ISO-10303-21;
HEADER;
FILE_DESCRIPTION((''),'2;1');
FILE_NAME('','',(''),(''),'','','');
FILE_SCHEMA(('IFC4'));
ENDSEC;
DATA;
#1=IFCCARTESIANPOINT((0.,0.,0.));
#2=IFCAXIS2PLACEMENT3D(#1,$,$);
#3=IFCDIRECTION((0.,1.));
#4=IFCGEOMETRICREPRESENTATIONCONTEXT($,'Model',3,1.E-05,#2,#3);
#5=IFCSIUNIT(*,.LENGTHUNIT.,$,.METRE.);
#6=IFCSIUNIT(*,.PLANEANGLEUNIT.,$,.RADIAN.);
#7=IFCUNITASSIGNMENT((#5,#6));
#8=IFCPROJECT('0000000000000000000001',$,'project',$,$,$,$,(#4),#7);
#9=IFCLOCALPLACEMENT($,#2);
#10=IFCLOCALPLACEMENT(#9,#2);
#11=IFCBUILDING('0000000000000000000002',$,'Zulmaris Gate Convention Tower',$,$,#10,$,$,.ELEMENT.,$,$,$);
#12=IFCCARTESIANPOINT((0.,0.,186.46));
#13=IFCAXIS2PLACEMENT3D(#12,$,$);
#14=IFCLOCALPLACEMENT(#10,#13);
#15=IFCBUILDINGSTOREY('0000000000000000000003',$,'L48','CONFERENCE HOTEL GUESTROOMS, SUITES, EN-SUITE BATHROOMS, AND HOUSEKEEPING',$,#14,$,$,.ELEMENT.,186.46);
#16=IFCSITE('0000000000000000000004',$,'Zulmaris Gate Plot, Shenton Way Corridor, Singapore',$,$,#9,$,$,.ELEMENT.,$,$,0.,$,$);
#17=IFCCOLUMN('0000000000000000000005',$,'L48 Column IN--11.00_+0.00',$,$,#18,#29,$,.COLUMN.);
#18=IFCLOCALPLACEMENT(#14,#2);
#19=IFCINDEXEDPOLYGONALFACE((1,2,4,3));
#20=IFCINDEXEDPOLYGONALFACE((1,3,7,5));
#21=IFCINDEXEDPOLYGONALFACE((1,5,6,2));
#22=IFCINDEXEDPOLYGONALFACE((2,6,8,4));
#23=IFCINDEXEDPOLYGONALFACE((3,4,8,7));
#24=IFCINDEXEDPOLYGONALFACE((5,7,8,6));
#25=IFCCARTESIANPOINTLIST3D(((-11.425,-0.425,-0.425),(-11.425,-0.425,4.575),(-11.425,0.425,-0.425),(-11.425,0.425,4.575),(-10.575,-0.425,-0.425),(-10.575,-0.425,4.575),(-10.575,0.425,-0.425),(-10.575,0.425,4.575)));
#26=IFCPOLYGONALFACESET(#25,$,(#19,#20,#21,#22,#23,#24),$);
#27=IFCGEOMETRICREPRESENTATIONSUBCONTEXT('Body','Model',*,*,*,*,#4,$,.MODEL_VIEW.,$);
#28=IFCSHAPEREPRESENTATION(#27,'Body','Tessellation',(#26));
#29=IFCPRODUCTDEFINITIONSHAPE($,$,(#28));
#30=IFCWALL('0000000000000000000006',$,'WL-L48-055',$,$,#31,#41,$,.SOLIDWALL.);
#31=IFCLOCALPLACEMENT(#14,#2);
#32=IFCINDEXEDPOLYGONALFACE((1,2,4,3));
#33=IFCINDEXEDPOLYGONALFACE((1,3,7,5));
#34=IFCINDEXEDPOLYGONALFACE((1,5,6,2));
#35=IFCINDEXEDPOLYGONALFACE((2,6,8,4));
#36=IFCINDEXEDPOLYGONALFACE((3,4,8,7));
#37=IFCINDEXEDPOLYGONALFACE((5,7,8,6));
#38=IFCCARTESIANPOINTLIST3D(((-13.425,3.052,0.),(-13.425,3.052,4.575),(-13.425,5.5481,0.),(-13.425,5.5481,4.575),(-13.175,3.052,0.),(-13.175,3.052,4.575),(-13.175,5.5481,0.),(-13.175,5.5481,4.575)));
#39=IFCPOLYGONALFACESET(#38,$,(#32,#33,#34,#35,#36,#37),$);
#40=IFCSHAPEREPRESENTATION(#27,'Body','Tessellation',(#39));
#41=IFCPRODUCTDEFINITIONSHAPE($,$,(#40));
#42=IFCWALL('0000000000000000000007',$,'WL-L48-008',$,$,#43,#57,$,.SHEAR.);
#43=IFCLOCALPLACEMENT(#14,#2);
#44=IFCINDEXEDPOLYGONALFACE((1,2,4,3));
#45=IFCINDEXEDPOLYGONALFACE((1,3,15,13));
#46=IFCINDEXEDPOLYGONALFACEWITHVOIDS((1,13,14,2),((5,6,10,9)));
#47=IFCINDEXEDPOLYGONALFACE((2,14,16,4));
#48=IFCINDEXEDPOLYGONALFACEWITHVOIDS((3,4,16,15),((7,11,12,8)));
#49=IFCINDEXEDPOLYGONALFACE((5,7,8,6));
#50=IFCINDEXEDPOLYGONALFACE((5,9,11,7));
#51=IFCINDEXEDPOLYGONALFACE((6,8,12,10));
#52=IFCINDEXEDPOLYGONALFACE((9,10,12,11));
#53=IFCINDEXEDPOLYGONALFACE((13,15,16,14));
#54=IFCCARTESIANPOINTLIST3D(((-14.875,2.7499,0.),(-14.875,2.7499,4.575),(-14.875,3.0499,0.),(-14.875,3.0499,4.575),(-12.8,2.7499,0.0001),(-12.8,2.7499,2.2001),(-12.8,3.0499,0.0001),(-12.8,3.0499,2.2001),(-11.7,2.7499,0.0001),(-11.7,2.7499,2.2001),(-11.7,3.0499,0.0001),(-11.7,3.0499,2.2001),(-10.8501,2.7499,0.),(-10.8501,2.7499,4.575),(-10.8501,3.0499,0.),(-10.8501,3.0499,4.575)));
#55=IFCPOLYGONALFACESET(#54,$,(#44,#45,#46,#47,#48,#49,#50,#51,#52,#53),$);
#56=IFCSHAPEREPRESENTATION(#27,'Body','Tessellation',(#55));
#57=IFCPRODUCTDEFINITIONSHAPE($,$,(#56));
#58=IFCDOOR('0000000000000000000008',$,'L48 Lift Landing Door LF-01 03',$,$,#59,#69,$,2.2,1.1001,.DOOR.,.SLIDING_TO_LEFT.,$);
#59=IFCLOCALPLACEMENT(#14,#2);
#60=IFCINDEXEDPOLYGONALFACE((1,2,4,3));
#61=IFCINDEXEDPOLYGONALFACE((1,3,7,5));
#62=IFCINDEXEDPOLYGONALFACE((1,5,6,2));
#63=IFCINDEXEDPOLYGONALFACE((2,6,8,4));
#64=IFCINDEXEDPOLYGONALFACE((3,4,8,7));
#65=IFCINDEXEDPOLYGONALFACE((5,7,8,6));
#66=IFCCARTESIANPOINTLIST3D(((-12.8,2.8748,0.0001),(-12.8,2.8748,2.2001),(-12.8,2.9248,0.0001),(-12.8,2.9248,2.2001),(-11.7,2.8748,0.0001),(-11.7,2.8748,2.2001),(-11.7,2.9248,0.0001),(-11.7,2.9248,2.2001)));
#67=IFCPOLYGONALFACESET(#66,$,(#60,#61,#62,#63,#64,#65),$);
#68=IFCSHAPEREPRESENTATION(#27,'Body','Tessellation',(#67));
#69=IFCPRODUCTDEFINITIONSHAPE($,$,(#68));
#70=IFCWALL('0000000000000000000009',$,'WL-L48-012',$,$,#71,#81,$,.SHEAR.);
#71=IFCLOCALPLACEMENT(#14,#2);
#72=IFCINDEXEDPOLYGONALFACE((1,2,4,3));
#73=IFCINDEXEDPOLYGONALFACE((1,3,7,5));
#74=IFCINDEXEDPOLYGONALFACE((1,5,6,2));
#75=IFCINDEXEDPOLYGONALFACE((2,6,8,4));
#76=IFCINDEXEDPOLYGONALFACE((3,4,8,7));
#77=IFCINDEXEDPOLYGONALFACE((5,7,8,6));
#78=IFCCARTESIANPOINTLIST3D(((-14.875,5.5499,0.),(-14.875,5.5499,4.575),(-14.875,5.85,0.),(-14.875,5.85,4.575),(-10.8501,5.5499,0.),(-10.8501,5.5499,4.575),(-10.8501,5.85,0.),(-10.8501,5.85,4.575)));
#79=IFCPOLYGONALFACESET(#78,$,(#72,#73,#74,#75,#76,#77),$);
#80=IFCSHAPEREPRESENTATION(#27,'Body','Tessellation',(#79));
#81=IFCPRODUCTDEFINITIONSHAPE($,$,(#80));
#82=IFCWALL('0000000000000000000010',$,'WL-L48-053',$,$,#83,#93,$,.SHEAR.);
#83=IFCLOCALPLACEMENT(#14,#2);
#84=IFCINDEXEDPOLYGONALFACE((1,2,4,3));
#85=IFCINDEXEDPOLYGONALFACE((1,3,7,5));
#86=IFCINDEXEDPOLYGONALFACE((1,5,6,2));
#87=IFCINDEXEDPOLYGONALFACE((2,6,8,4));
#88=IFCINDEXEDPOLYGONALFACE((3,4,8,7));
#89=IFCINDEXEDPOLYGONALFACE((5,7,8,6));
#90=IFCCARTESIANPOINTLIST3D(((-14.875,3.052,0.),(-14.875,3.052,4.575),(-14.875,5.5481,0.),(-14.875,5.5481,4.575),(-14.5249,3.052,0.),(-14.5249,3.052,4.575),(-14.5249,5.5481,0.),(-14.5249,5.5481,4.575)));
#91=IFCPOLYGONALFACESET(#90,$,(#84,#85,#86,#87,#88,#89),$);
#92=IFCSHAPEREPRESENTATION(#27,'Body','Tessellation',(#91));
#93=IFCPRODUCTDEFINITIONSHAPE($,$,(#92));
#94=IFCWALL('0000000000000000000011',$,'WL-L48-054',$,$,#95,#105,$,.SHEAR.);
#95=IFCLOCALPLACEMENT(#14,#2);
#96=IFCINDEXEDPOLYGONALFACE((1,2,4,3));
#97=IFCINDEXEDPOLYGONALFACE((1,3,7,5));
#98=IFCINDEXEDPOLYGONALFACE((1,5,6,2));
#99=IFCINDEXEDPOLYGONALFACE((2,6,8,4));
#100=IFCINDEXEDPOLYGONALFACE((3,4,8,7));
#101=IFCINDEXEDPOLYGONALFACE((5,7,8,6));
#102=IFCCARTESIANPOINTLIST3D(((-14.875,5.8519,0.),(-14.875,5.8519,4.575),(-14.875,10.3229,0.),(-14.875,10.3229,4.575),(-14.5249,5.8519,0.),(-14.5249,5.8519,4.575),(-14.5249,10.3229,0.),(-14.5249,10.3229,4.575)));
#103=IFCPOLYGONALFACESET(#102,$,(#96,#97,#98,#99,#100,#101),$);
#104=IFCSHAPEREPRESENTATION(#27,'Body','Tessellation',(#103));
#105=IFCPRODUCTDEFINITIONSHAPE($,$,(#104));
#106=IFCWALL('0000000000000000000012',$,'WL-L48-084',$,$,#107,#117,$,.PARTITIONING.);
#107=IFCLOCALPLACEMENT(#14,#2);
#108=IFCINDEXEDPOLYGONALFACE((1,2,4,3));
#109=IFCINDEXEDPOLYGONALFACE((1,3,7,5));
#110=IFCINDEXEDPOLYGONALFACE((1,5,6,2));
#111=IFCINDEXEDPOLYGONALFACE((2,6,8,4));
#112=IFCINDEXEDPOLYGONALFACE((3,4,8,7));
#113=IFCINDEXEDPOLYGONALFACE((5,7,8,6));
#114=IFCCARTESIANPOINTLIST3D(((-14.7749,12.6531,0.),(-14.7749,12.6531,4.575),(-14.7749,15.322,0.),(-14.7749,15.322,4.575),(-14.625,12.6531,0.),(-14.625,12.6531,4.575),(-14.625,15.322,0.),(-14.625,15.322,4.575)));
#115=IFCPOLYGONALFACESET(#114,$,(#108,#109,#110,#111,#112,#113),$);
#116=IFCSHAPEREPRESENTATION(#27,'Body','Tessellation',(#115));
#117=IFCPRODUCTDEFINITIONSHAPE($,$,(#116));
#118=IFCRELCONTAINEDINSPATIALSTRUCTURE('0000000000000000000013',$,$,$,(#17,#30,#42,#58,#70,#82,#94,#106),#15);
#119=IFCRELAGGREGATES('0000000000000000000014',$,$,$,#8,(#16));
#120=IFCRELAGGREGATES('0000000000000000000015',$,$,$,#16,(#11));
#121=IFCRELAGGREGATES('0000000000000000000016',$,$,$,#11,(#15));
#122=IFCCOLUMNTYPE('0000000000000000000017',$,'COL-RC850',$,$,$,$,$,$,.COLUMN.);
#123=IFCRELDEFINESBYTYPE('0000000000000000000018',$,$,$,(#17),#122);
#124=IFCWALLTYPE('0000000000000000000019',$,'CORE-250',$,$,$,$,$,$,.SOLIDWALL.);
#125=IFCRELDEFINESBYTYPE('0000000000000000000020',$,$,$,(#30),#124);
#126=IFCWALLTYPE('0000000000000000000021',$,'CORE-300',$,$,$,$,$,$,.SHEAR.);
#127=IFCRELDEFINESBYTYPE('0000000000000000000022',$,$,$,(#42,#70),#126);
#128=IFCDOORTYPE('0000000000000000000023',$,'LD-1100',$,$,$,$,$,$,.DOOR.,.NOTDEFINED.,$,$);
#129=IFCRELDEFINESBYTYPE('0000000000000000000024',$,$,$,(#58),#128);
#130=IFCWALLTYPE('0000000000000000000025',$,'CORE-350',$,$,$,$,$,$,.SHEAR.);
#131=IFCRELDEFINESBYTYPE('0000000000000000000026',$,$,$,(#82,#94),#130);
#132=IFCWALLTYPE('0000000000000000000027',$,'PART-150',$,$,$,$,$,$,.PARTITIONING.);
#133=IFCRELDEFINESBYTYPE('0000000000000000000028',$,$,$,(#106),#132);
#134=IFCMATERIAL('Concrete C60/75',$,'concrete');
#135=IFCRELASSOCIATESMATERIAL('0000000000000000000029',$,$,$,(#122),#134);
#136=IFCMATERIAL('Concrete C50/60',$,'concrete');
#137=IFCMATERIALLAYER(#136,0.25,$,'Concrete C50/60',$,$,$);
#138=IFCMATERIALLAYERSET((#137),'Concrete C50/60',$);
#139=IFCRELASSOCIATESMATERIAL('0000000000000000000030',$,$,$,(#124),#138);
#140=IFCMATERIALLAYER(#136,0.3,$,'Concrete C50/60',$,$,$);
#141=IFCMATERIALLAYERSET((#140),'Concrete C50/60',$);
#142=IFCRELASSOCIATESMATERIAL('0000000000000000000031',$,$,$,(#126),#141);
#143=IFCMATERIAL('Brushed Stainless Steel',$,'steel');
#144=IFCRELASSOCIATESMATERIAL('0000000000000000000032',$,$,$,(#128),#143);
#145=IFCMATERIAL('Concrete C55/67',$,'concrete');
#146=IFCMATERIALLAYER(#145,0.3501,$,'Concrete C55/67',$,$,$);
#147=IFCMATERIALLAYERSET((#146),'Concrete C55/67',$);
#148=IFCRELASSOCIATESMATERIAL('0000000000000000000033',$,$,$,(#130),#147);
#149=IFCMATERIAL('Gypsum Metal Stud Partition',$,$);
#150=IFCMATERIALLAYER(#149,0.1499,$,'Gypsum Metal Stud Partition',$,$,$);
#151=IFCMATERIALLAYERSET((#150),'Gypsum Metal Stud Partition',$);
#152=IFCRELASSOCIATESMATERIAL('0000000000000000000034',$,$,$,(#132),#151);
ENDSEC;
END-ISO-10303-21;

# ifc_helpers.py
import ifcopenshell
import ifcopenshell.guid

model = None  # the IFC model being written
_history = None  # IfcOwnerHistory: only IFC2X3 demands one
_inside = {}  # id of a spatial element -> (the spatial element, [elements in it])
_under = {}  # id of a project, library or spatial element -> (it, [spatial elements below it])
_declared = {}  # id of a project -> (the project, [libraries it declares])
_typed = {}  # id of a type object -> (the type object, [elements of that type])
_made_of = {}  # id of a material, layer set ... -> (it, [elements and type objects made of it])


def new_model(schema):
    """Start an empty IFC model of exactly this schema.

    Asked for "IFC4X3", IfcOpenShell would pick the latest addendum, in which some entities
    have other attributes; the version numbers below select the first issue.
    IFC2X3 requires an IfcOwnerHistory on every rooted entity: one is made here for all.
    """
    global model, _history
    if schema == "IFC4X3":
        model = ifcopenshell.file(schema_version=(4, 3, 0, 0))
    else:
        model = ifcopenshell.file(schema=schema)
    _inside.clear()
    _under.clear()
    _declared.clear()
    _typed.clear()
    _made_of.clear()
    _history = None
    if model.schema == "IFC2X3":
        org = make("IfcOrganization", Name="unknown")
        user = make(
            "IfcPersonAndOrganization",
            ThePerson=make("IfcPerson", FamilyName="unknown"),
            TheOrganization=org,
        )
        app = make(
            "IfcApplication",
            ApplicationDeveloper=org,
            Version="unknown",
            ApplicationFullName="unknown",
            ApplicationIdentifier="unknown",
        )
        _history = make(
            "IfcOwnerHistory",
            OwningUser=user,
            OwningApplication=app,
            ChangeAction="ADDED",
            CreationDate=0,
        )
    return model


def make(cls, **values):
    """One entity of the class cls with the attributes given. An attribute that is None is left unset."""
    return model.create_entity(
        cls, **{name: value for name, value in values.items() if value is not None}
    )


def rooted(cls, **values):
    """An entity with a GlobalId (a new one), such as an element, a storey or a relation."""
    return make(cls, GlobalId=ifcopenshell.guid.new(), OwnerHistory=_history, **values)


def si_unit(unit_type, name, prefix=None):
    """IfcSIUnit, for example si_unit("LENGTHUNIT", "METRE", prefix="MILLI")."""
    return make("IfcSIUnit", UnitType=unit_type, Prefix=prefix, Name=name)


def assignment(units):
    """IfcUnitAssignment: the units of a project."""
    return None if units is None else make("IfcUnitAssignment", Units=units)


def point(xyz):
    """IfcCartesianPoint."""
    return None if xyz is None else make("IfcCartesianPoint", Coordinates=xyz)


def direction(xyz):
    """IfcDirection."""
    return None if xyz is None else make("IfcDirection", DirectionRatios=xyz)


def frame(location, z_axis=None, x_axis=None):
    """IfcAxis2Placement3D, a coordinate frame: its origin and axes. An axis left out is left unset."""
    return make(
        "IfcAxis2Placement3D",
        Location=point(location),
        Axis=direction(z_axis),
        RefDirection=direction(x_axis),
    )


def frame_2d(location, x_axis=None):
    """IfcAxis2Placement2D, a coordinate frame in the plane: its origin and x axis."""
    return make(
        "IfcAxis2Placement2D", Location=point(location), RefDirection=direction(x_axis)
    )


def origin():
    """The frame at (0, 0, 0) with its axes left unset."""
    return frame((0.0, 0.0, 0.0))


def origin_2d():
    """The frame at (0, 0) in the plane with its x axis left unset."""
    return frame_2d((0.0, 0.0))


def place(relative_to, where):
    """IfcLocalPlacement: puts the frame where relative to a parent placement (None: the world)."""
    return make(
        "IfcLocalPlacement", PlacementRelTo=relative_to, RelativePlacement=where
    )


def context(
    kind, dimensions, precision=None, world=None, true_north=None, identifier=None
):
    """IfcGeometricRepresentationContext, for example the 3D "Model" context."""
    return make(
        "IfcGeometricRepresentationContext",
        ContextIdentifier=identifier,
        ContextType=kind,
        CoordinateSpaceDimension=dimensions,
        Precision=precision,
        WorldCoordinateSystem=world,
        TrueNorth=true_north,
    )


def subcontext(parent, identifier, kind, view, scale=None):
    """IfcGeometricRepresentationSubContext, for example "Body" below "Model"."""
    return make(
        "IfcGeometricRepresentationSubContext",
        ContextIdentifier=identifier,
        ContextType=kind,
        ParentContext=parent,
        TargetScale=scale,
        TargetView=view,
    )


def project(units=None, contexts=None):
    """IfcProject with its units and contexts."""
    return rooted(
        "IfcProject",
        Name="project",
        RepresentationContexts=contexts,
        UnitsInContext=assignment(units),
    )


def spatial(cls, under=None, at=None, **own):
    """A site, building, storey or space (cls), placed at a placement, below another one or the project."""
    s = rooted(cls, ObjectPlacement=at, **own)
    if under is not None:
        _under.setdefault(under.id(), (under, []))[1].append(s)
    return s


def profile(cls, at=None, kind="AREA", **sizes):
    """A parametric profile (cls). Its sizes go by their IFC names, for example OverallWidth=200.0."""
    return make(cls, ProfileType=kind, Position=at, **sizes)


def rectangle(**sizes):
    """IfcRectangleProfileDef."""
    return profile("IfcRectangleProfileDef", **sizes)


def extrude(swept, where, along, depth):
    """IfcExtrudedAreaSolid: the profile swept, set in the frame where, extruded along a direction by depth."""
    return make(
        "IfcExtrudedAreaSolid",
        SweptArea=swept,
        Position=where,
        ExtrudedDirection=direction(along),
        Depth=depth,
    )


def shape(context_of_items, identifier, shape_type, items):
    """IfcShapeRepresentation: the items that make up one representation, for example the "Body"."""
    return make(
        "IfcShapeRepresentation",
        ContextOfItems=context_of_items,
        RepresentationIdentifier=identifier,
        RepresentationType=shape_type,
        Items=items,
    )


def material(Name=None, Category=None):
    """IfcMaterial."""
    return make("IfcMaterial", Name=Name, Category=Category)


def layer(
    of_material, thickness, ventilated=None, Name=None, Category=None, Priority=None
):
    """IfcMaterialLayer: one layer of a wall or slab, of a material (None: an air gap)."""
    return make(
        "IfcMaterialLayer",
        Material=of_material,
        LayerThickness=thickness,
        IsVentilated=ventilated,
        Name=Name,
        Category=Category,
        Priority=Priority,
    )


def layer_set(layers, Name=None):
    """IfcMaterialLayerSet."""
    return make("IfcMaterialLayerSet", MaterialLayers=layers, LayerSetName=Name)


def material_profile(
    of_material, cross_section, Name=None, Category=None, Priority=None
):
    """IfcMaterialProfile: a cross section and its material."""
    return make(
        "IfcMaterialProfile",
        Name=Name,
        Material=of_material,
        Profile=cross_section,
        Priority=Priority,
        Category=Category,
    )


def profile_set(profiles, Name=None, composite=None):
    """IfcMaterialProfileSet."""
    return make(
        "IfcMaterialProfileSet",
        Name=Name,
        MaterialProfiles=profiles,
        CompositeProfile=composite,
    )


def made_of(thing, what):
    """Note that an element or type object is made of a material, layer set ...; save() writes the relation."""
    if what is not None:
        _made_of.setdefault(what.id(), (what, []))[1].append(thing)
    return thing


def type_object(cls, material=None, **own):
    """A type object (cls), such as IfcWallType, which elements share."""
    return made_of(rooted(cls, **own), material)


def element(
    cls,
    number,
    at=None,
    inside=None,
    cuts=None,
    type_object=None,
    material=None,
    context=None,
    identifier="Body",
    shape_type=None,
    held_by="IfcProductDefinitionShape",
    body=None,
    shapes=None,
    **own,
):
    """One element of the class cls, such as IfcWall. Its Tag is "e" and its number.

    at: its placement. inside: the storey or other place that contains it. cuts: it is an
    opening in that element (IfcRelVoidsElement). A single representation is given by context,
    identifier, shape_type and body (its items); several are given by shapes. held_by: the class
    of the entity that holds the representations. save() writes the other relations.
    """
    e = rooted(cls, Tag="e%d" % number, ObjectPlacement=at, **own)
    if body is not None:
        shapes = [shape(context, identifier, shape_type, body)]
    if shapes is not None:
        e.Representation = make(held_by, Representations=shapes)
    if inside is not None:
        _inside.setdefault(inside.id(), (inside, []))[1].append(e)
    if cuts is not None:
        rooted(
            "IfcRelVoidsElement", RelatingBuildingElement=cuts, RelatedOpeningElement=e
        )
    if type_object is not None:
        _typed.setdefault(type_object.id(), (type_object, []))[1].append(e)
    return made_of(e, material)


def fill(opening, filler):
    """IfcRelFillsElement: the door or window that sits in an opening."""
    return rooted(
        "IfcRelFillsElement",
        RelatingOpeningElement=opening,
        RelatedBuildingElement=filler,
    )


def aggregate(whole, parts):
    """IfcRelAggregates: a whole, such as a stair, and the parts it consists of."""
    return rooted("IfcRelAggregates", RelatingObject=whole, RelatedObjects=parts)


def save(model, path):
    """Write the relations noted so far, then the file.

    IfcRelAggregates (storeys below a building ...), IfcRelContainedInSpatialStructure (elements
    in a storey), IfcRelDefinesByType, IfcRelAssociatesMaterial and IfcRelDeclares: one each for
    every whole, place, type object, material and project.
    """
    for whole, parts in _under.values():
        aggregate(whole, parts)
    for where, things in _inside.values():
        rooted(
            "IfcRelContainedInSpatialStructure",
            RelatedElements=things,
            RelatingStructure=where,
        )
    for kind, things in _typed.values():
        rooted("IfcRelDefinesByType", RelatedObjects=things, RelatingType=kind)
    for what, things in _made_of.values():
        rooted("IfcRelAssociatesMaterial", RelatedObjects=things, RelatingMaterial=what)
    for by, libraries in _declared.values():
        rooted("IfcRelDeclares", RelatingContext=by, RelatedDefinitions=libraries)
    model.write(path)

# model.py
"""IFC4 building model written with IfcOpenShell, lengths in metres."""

from ifc_helpers import new_model, si_unit, direction, frame, frame_2d, origin, origin_2d, place, context, subcontext, project, spatial, rectangle, extrude, material, layer, layer_set, material_profile, profile_set, type_object, element, fill, save


model = new_model("IFC4")

# Units and contexts
model_context = context("Model", 3, precision=1e-05, world=origin(), true_north=direction((0.0, 1.0)))
body_context = subcontext(model_context, "Body", "Model", "MODEL_VIEW")
ifc_project = project(units=[si_unit("LENGTHUNIT", "METRE"), si_unit("PLANEANGLEUNIT", "RADIAN")], contexts=[model_context])

# Site, building, storey
site_placement = place(None, origin())
site = spatial("IfcSite", under=ifc_project, at=site_placement, Name="Zulmaris Gate Plot, Shenton Way Corridor, Singapore", CompositionType="ELEMENT", RefElevation=0.0)
building_placement = place(site_placement, origin())
building = spatial("IfcBuilding", under=site, at=building_placement, Name="Zulmaris Gate Convention Tower", CompositionType="ELEMENT")
storey_placement = place(building_placement, frame((0.0, 0.0, 186.46)))
storey = spatial("IfcBuildingStorey", under=building, at=storey_placement, Name="L48", Description="CONFERENCE HOTEL GUESTROOMS, SUITES, EN-SUITE BATHROOMS, AND HOUSEKEEPING", CompositionType="ELEMENT", Elevation=186.46)

# Column
ifc_material_1 = material(Name="Concrete C60/75", Category="concrete")
ifc_material_profile = material_profile(ifc_material_1, rectangle(XDim=0.8501, YDim=0.8501, at=origin_2d()), Name="RC COL 850x850")
ifc_profile_set = profile_set([ifc_material_profile], Name="Concrete C60/75")
column_type = type_object("IfcColumnType", Name="COL-RC850", PredefinedType="COLUMN", material=ifc_profile_set)
column_placement = place(storey_placement, frame((-11.0, 0.0, -0.425), z_axis=(0.0, 0.0, 1.0), x_axis=(1.0, 0.0, 0.0)))
element("IfcColumn", 1, at=column_placement, inside=storey, type_object=column_type, Name="L48 Column IN--11.00_+0.00", PredefinedType="COLUMN", context=body_context, shape_type="SweptSolid", body=[
    extrude(rectangle(XDim=0.8501, YDim=0.8501, at=origin_2d()), origin(), (0.0, 0.0, 1.0), 5.0),
])

# Wall
ifc_material_2 = material(Name="Concrete C50/60", Category="concrete")
ifc_layer_1 = layer(ifc_material_2, 0.25, Name="Concrete C50/60")
ifc_layer_set_1 = layer_set([ifc_layer_1], Name="Concrete C50/60")
wall_type_1 = type_object("IfcWallType", Name="CORE-250", PredefinedType="SOLIDWALL", material=ifc_layer_set_1)
wall_1_placement = place(storey_placement, frame((-13.3, 3.052, 0.0), z_axis=(0.0, 0.0, 1.0), x_axis=(0.0, 1.0, 0.0)))
element("IfcWall", 2, at=wall_1_placement, inside=storey, type_object=wall_type_1, Name="WL-L48-055", PredefinedType="SOLIDWALL", context=body_context, shape_type="SweptSolid", body=[
    extrude(rectangle(XDim=2.4961, YDim=0.25, at=frame_2d((1.248, 0.0))), origin(), (0.0, 0.0, 1.0), 4.575),
])

# Wall, opening, door
ifc_layer_2 = layer(ifc_material_2, 0.3, Name="Concrete C50/60")
ifc_layer_set_2 = layer_set([ifc_layer_2], Name="Concrete C50/60")
wall_type_2 = type_object("IfcWallType", Name="CORE-300", PredefinedType="SHEAR", material=ifc_layer_set_2)
wall_2_placement = place(storey_placement, frame((-14.875, 2.8999, 0.0), z_axis=(0.0, 0.0, 1.0), x_axis=(1.0, 0.0, 0.0)))
wall_2 = element("IfcWall", 3, at=wall_2_placement, inside=storey, type_object=wall_type_2, Name="WL-L48-008", PredefinedType="SHEAR", context=body_context, shape_type="SweptSolid", body=[
    extrude(rectangle(XDim=4.0249, YDim=0.3, at=frame_2d((2.0125, 0.0))), origin(), (0.0, 0.0, 1.0), 4.575),
])
opening_1_placement = place(wall_2_placement, frame((2.075, 0.0, 0.0)))
opening_1 = element("IfcOpeningElement", 4, at=opening_1_placement, cuts=wall_2, PredefinedType="OPENING", context=body_context, shape_type="SweptSolid", body=[
    extrude(rectangle(XDim=1.1001, YDim=2.2, at=frame_2d((0.55, 1.1001))), frame((0.0, 0.1602, 0.0), z_axis=(0.0, -1.0, 0.0), x_axis=(1.0, 0.0, 0.0)), (0.0, 0.0, 1.0), 0.3201),
])
ifc_material_3 = material(Name="Brushed Stainless Steel", Category="steel")
door_type_1 = type_object("IfcDoorType", Name="LD-1100", OperationType="NOTDEFINED", PredefinedType="DOOR", material=ifc_material_3)
door_1_placement = place(opening_1_placement, origin())
door_1 = element("IfcDoor", 5, at=door_1_placement, inside=storey, type_object=door_type_1, Name="L48 Lift Landing Door LF-01 03", OperationType="SLIDING_TO_LEFT", OverallHeight=2.2, OverallWidth=1.1001, PredefinedType="DOOR", context=body_context, shape_type="SweptSolid", body=[
    extrude(rectangle(XDim=1.1001, YDim=2.2, at=frame_2d((0.55, 1.1001))), frame((0.0, 0.0249, 0.0), z_axis=(0.0, -1.0, 0.0), x_axis=(1.0, 0.0, 0.0)), (0.0, 0.0, 1.0), 0.05),
])
fill(opening_1, door_1)

# Wall
wall_3_placement = place(storey_placement, frame((-14.875, 5.7, 0.0), z_axis=(0.0, 0.0, 1.0), x_axis=(1.0, 0.0, 0.0)))
element("IfcWall", 6, at=wall_3_placement, inside=storey, type_object=wall_type_2, Name="WL-L48-012", PredefinedType="SHEAR", context=body_context, shape_type="SweptSolid", body=[
    extrude(rectangle(XDim=4.0249, YDim=0.3, at=frame_2d((2.0125, 0.0))), origin(), (0.0, 0.0, 1.0), 4.575),
])

# Walls
ifc_material_4 = material(Name="Concrete C55/67", Category="concrete")
ifc_layer_3 = layer(ifc_material_4, 0.3501, Name="Concrete C55/67")
ifc_layer_set_3 = layer_set([ifc_layer_3], Name="Concrete C55/67")
wall_type_3 = type_object("IfcWallType", Name="CORE-350", PredefinedType="SHEAR", material=ifc_layer_set_3)
wall_4_placement = place(storey_placement, frame((-14.7, 3.052, 0.0), z_axis=(0.0, 0.0, 1.0), x_axis=(0.0, 1.0, 0.0)))
element("IfcWall", 7, at=wall_4_placement, inside=storey, type_object=wall_type_3, Name="WL-L48-053", PredefinedType="SHEAR", context=body_context, shape_type="SweptSolid", body=[
    extrude(rectangle(XDim=2.4961, YDim=0.3501, at=frame_2d((1.248, 0.0))), origin(), (0.0, 0.0, 1.0), 4.575),
])
wall_5_placement = place(storey_placement, frame((-14.7, 5.8521, 0.0), z_axis=(0.0, 0.0, 1.0), x_axis=(0.0, 1.0, 0.0)))
element("IfcWall", 8, at=wall_5_placement, inside=storey, type_object=wall_type_3, Name="WL-L48-054", PredefinedType="SHEAR", context=body_context, shape_type="SweptSolid", body=[
    extrude(rectangle(XDim=4.4709, YDim=0.3501, at=frame_2d((2.2354, 0.0))), origin(), (0.0, 0.0, 1.0), 4.575),
])
ifc_material_5 = material(Name="Gypsum Metal Stud Partition")
ifc_layer_4 = layer(ifc_material_5, 0.1499, Name="Gypsum Metal Stud Partition")
ifc_layer_set_4 = layer_set([ifc_layer_4], Name="Gypsum Metal Stud Partition")
wall_type_4 = type_object("IfcWallType", Name="PART-150", PredefinedType="PARTITIONING", material=ifc_layer_set_4)
wall_6_placement = place(storey_placement, frame((-14.7, 12.6531, 0.0), z_axis=(0.0, 0.0, 1.0), x_axis=(0.0, 1.0, 0.0)))
element("IfcWall", 9, at=wall_6_placement, inside=storey, type_object=wall_type_4, Name="WL-L48-084", PredefinedType="PARTITIONING", context=body_context, shape_type="SweptSolid", body=[
    extrude(rectangle(XDim=2.6689, YDim=0.1499, at=frame_2d((1.3345, 0.0))), origin(), (0.0, 0.0, 1.0), 4.575),
])

save(model, "model.ifc")
